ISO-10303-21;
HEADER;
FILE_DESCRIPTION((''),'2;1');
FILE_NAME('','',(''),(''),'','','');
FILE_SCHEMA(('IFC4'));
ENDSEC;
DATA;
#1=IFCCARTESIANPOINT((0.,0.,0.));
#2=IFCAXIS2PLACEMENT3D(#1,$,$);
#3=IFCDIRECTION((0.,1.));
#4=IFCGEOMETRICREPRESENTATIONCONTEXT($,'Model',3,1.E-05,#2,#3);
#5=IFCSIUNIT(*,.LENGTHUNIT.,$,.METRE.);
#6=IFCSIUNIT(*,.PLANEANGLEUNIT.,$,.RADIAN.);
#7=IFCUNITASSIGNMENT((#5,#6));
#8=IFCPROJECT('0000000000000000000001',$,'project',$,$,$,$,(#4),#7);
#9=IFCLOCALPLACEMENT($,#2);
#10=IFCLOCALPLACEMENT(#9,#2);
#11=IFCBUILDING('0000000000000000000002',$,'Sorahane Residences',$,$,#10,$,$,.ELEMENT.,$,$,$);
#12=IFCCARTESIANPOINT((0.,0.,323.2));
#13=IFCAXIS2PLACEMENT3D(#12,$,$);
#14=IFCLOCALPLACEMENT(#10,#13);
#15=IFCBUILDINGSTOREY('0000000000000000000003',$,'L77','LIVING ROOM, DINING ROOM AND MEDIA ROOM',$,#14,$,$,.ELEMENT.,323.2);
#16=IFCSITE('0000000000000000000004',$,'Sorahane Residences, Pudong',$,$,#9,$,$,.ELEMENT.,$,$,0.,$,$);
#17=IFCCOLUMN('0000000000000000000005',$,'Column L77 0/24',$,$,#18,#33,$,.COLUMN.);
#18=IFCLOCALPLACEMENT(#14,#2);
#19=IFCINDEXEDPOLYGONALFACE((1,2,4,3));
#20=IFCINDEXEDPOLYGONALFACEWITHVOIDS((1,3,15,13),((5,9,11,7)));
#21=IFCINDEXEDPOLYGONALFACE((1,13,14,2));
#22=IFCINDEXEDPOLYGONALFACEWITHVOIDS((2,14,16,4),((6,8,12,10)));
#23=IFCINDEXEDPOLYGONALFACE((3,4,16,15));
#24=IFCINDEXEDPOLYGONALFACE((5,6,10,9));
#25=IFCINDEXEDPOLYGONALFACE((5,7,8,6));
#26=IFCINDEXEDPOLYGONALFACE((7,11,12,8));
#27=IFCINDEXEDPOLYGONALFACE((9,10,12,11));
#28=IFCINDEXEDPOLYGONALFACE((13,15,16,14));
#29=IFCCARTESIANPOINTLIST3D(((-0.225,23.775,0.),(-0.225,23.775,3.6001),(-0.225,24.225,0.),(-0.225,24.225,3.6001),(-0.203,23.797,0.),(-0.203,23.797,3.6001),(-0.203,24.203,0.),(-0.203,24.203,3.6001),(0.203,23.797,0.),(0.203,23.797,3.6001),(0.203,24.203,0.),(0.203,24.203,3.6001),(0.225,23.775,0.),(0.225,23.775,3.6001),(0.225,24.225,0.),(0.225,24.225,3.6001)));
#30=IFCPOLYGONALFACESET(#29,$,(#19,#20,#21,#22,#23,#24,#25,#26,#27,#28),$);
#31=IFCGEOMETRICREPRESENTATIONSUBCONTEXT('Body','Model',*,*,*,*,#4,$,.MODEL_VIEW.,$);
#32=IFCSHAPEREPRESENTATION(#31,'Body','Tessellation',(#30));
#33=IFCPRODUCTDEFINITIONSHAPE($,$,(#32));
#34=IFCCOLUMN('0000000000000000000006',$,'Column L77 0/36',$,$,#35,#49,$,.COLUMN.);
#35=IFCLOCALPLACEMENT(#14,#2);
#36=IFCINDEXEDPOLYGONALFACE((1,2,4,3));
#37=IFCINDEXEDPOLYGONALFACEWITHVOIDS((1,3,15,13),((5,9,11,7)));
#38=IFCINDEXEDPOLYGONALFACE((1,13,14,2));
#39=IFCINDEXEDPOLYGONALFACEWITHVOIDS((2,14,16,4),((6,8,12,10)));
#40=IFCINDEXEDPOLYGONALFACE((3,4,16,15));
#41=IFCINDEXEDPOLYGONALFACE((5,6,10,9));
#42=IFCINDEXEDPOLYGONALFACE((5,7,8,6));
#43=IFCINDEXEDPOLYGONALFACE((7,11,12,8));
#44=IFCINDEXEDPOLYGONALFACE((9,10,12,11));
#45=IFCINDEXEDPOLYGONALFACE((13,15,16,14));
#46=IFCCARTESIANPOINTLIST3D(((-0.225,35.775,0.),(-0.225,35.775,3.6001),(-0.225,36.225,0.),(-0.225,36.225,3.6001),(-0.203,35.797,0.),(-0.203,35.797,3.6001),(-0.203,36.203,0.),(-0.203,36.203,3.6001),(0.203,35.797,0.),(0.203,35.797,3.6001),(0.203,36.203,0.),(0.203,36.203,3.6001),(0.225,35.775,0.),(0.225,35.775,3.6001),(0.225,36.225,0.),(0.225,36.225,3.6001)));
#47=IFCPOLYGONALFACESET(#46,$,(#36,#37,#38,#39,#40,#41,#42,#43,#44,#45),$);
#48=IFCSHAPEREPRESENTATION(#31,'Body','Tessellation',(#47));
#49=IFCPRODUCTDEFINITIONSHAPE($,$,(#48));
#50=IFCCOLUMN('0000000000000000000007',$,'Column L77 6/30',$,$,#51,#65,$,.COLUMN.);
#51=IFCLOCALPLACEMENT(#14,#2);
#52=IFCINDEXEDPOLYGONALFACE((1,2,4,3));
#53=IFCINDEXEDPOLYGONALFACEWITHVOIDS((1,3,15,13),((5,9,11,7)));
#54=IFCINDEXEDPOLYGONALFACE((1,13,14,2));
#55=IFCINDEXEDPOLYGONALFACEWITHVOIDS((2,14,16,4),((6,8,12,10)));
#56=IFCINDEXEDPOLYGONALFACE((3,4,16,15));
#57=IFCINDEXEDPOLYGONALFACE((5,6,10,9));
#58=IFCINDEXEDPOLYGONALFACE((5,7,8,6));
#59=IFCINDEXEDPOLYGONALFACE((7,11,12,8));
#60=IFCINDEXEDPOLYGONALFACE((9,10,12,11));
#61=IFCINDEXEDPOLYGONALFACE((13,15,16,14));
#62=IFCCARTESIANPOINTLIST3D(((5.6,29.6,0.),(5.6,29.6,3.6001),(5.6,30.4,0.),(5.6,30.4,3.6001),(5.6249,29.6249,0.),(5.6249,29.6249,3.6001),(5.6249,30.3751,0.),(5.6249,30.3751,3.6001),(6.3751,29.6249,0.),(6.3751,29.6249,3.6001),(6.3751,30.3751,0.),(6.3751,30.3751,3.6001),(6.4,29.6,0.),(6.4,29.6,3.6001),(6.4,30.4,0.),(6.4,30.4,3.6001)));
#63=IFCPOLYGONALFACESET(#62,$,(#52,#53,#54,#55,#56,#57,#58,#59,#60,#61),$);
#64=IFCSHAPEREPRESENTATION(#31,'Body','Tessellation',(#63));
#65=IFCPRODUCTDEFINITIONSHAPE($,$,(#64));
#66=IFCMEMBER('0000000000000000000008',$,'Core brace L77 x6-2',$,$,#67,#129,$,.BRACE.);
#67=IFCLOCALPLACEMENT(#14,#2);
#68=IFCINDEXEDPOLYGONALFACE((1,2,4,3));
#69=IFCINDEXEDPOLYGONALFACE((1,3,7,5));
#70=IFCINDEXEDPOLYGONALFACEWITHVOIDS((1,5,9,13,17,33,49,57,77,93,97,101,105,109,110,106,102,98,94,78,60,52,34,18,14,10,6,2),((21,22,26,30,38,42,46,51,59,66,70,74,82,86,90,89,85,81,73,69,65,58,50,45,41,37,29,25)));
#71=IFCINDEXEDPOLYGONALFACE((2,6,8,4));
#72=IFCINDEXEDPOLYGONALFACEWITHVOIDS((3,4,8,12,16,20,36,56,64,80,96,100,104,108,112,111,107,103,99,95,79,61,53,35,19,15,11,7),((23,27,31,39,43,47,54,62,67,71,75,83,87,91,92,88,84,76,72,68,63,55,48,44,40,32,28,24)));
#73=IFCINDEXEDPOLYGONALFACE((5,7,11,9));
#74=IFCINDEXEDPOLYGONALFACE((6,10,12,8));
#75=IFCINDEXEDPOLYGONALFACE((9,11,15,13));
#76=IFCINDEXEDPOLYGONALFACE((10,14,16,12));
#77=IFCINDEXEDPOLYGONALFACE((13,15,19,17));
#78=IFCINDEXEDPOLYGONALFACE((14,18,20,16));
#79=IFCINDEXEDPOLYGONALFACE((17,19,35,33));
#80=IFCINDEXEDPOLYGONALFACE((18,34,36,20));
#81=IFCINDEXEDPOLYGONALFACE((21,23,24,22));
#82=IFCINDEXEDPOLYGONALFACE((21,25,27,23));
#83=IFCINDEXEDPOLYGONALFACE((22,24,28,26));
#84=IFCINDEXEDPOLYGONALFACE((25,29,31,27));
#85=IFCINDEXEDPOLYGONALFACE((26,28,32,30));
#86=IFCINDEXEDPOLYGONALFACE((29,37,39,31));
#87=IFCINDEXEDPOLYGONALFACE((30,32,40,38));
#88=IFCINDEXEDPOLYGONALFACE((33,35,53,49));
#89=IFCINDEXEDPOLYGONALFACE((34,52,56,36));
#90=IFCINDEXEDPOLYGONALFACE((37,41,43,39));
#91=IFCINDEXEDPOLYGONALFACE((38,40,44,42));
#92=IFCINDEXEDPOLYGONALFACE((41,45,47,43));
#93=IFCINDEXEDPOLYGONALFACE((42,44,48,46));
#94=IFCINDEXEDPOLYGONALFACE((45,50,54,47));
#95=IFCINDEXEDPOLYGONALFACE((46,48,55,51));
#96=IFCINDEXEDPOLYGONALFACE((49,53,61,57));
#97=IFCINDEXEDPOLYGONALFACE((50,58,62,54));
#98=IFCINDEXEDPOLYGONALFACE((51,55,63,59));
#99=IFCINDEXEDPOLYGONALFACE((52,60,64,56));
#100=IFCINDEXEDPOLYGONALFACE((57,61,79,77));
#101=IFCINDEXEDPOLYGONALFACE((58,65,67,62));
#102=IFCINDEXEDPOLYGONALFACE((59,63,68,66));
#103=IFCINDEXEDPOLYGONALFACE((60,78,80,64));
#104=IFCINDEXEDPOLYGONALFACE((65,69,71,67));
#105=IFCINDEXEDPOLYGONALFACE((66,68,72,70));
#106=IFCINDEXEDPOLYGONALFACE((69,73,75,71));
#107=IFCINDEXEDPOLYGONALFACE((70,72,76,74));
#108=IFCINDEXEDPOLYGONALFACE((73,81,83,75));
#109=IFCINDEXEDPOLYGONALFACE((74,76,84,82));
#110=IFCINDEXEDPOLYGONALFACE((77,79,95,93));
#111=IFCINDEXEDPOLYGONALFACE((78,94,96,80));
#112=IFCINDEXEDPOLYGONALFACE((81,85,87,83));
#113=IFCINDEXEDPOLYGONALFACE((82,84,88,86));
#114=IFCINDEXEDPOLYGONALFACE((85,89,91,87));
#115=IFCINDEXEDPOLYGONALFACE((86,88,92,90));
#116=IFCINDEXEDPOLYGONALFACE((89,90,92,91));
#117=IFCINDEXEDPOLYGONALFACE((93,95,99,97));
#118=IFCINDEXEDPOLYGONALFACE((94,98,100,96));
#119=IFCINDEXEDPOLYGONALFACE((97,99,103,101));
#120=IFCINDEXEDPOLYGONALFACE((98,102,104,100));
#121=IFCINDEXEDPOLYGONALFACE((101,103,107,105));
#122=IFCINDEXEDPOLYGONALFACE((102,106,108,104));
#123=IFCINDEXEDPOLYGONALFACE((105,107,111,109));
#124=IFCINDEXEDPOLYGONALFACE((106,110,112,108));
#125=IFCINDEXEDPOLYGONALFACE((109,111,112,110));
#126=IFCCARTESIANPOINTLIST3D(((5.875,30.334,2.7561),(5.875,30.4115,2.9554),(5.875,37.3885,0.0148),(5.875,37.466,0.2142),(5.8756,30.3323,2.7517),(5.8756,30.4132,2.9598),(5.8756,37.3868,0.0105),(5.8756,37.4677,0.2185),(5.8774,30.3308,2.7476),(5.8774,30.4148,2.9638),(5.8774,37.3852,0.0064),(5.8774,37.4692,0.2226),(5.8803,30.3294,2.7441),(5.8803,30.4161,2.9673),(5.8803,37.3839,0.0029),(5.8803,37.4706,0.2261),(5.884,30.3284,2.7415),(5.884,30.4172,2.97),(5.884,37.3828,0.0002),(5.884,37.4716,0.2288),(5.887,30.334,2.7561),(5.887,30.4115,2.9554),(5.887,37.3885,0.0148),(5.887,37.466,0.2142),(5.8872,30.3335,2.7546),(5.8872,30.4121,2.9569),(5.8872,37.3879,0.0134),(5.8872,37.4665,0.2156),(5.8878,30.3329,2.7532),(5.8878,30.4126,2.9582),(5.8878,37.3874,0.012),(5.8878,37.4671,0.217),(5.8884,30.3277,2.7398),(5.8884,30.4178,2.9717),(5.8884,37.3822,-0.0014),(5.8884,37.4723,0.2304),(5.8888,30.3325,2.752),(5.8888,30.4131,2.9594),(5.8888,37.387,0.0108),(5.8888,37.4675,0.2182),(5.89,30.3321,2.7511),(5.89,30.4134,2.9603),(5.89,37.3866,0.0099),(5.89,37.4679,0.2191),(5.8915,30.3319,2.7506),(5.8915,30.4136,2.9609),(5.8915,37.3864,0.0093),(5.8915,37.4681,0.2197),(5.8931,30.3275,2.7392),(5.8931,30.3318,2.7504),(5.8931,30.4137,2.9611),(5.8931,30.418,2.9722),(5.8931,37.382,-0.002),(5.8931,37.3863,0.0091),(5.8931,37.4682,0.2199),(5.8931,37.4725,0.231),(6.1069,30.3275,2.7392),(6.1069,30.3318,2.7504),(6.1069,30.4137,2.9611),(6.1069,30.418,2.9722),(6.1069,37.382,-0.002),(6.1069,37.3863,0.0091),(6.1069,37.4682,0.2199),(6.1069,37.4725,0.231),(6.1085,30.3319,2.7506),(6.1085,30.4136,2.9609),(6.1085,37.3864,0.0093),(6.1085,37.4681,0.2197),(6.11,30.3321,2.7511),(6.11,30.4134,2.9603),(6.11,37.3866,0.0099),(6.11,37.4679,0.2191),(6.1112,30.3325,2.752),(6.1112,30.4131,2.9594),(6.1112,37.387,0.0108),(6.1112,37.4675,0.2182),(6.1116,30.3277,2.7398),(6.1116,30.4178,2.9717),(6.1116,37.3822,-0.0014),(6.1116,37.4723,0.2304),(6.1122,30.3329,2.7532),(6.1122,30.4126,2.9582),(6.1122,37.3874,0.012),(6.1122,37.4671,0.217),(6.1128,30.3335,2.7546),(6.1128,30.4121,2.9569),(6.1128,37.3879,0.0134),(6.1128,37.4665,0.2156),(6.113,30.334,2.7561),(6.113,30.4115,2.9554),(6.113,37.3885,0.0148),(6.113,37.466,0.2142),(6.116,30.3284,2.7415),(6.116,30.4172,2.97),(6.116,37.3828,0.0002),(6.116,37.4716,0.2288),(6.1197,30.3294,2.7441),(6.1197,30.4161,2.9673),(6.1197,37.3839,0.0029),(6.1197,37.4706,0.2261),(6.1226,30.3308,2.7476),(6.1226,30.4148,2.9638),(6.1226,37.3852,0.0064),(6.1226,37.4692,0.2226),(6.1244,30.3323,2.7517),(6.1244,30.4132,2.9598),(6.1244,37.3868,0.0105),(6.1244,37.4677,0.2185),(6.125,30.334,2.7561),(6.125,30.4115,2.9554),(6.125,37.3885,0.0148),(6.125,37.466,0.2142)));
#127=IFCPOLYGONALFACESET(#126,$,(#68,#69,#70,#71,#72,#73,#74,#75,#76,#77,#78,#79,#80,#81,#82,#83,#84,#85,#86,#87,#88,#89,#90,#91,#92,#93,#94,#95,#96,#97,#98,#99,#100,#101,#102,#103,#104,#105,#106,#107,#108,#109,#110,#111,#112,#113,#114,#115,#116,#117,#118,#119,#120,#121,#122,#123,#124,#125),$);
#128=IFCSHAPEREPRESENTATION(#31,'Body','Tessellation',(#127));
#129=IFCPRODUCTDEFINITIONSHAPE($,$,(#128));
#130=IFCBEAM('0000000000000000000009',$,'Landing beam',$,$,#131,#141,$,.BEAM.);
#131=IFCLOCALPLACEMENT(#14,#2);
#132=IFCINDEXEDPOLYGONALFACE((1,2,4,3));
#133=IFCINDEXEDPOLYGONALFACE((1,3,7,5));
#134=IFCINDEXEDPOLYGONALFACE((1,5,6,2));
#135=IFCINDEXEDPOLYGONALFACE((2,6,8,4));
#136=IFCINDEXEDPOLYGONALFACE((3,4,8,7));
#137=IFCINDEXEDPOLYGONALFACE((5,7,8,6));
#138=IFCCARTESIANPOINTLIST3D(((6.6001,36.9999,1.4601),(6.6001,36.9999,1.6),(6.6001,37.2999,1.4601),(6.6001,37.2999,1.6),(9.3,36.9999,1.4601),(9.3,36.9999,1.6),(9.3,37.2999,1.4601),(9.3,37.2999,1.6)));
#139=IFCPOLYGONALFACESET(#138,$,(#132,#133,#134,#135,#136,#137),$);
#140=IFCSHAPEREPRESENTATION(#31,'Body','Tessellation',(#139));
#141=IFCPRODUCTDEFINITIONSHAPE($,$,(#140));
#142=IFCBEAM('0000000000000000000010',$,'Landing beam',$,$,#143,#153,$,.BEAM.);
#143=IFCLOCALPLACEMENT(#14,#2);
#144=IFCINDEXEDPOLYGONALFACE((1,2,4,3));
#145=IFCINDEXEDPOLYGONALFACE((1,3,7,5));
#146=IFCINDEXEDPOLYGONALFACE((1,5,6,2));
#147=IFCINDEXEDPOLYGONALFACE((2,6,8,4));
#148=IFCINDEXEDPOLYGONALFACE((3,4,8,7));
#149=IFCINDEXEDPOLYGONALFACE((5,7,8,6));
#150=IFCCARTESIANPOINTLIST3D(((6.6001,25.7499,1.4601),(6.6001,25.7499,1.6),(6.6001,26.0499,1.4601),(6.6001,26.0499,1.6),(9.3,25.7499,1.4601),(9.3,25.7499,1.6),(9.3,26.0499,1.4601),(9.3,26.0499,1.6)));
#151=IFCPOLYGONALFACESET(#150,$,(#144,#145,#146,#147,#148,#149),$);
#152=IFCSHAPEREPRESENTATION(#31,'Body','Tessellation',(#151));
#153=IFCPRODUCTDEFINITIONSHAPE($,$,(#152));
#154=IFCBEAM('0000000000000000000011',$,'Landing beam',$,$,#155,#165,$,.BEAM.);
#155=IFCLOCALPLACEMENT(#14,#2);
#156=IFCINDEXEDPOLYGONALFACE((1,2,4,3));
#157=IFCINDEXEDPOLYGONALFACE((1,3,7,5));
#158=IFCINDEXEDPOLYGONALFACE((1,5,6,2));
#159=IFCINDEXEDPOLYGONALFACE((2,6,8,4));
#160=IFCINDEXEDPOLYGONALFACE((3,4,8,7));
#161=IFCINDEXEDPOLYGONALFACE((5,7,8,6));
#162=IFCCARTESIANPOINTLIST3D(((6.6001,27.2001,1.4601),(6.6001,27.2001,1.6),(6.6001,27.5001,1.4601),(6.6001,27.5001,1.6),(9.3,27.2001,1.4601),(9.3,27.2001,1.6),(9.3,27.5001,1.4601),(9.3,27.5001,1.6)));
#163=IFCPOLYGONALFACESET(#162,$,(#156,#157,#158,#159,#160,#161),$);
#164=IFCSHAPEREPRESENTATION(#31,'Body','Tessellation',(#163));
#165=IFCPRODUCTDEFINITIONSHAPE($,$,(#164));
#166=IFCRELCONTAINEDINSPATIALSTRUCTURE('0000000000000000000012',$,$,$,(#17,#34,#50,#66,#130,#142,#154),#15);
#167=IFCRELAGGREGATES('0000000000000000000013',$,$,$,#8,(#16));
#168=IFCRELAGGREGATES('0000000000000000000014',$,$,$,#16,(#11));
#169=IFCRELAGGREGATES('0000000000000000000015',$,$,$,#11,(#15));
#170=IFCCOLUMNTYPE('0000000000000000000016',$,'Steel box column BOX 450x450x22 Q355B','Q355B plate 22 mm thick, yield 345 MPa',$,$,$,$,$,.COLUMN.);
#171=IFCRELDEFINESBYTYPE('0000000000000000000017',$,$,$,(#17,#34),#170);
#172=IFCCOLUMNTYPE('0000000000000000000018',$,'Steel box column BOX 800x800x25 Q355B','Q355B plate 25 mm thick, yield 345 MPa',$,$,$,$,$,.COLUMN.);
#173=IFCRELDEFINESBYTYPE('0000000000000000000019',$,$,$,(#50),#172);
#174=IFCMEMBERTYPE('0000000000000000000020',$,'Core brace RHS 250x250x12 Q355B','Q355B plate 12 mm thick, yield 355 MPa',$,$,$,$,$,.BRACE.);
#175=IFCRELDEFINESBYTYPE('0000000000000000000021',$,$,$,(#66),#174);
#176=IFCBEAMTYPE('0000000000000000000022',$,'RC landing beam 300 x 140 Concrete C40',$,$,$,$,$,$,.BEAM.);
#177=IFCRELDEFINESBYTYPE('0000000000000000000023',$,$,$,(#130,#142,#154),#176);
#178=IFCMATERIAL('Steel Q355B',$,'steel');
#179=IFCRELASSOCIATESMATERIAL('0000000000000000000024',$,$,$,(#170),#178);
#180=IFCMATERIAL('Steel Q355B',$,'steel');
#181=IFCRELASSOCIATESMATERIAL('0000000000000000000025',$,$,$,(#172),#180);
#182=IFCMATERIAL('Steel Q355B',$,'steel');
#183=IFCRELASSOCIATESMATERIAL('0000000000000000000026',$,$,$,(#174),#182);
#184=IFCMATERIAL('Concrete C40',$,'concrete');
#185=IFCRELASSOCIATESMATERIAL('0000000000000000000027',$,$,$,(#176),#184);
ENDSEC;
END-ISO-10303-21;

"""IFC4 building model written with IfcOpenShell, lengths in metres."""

from ifc_helpers import new_model, si_unit, direction, frame, origin, origin_2d, place, context, subcontext, project, spatial, rectangle, hollow_rectangle, extrude, material, material_profile, profile_set, type_object, element, save


model = new_model("IFC4")

# Units and contexts
model_context = context("Model", 3, precision=1e-05, world=origin(), true_north=direction((0.0, 1.0)))
body_context = subcontext(model_context, "Body", "Model", "MODEL_VIEW")
ifc_project = project(units=[si_unit("LENGTHUNIT", "METRE"), si_unit("PLANEANGLEUNIT", "RADIAN")], contexts=[model_context])

# Site, building, storey
site_placement = place(None, origin())
site = spatial("IfcSite", under=ifc_project, at=site_placement, Name="Sorahane Residences, Pudong", CompositionType="ELEMENT", RefElevation=0.0)
building_placement = place(site_placement, origin())
building = spatial("IfcBuilding", under=site, at=building_placement, Name="Sorahane Residences", CompositionType="ELEMENT")
storey_placement = place(building_placement, frame((0.0, 0.0, 323.2)))
storey = spatial("IfcBuildingStorey", under=building, at=storey_placement, Name="L77", Description="LIVING ROOM, DINING ROOM AND MEDIA ROOM", CompositionType="ELEMENT", Elevation=323.2)

# Columns
ifc_material_1 = material(Name="Steel Q355B", Category="steel")
ifc_material_profile_1 = material_profile(ifc_material_1, hollow_rectangle(XDim=0.45, YDim=0.45, WallThickness=0.022, at=origin_2d()), Name="BOX 450x450x22")
ifc_profile_set_1 = profile_set([ifc_material_profile_1], Name="Steel Q355B")
column_type_1 = type_object("IfcColumnType", Name="Steel box column BOX 450x450x22 Q355B", Description="Q355B plate 22 mm thick, yield 345 MPa", PredefinedType="COLUMN", material=ifc_profile_set_1)
for number, where, z_axis, x_axis, name in (
    (1, (0.0, 24.0, 0.0), (0.0, 0.0, 1.0), (1.0, 0.0, 0.0), "Column L77 0/24"),
    (2, (0.0, 36.0, 0.0), (0.0, 0.0, 1.0), (1.0, 0.0, 0.0), "Column L77 0/36"),
):
    element("IfcColumn", number, at=place(storey_placement, frame(where, z_axis=z_axis, x_axis=x_axis)), inside=storey, type_object=column_type_1, Name=name, PredefinedType="COLUMN", context=body_context, shape_type="SweptSolid", body=[
        extrude(hollow_rectangle(XDim=0.45, YDim=0.45, WallThickness=0.022, at=origin_2d()), origin(), (0.0, 0.0, 1.0), 3.6001),
    ])
ifc_material_2 = material(Name="Steel Q355B", Category="steel")
ifc_material_profile_2 = material_profile(ifc_material_2, hollow_rectangle(XDim=0.8, YDim=0.8, WallThickness=0.0249, at=origin_2d()), Name="BOX 800x800x25")
ifc_profile_set_2 = profile_set([ifc_material_profile_2], Name="Steel Q355B")
column_type_2 = type_object("IfcColumnType", Name="Steel box column BOX 800x800x25 Q355B", Description="Q355B plate 25 mm thick, yield 345 MPa", PredefinedType="COLUMN", material=ifc_profile_set_2)
column_placement = place(storey_placement, frame((6.0, 30.0, 0.0), z_axis=(0.0, 0.0, 1.0), x_axis=(1.0, 0.0, 0.0)))
element("IfcColumn", 3, at=column_placement, inside=storey, type_object=column_type_2, Name="Column L77 6/30", PredefinedType="COLUMN", context=body_context, shape_type="SweptSolid", body=[
    extrude(hollow_rectangle(XDim=0.8, YDim=0.8, WallThickness=0.0249, at=origin_2d()), origin(), (0.0, 0.0, 1.0), 3.6001),
])

# Member
ifc_material_3 = material(Name="Steel Q355B", Category="steel")
ifc_material_profile_3 = material_profile(ifc_material_3, hollow_rectangle(XDim=0.25, YDim=0.25, WallThickness=0.012, InnerFilletRadius=0.0061, OuterFilletRadius=0.0181, at=origin_2d()), Name="RHS 250x250x12")
ifc_profile_set_3 = profile_set([ifc_material_profile_3], Name="Steel Q355B")
member_type = type_object("IfcMemberType", Name="Core brace RHS 250x250x12 Q355B", Description="Q355B plate 12 mm thick, yield 355 MPa", PredefinedType="BRACE", material=ifc_profile_set_3)
member_placement = place(storey_placement, frame((6.0, 37.4272, 0.1145), z_axis=(0.0, -0.932102, 0.362196), x_axis=(1.0, 0.0, 0.0)))
element("IfcMember", 4, at=member_placement, inside=storey, type_object=member_type, Name="Core brace L77 x6-2", PredefinedType="BRACE", context=body_context, shape_type="SweptSolid", body=[
    extrude(hollow_rectangle(XDim=0.25, YDim=0.25, WallThickness=0.012, InnerFilletRadius=0.0061, OuterFilletRadius=0.0181, at=origin_2d()), origin(), (0.0, 0.0, 1.0), 7.5684),
])

# Beams
ifc_material_4 = material(Name="Concrete C40", Category="concrete")
ifc_material_profile_4 = material_profile(ifc_material_4, rectangle(XDim=0.3, YDim=0.1399, at=origin_2d()), Name="300x140")
ifc_profile_set_4 = profile_set([ifc_material_profile_4], Name="Concrete C40")
beam_type_1 = type_object("IfcBeamType", Name="RC landing beam 300 x 140 Concrete C40", PredefinedType="BEAM", material=ifc_profile_set_4)
for number, where, z_axis, x_axis, name in (
    (5, (6.6001, 37.1499, 1.53), (1.0, 0.0, 0.0), (0.0, 1.0, 0.0), "Landing beam"),
    (6, (6.6001, 25.8999, 1.53), (1.0, 0.0, 0.0), (0.0, 1.0, 0.0), "Landing beam"),
    (7, (6.6001, 27.3501, 1.53), (1.0, 0.0, 0.0), (0.0, 1.0, 0.0), "Landing beam"),
):
    element("IfcBeam", number, at=place(storey_placement, frame(where, z_axis=z_axis, x_axis=x_axis)), inside=storey, type_object=beam_type_1, Name=name, PredefinedType="BEAM", context=body_context, shape_type="SweptSolid", body=[
        extrude(rectangle(XDim=0.3, YDim=0.1399, at=origin_2d()), origin(), (0.0, 0.0, 1.0), 2.7),
    ])

save(model, "model.ifc")
